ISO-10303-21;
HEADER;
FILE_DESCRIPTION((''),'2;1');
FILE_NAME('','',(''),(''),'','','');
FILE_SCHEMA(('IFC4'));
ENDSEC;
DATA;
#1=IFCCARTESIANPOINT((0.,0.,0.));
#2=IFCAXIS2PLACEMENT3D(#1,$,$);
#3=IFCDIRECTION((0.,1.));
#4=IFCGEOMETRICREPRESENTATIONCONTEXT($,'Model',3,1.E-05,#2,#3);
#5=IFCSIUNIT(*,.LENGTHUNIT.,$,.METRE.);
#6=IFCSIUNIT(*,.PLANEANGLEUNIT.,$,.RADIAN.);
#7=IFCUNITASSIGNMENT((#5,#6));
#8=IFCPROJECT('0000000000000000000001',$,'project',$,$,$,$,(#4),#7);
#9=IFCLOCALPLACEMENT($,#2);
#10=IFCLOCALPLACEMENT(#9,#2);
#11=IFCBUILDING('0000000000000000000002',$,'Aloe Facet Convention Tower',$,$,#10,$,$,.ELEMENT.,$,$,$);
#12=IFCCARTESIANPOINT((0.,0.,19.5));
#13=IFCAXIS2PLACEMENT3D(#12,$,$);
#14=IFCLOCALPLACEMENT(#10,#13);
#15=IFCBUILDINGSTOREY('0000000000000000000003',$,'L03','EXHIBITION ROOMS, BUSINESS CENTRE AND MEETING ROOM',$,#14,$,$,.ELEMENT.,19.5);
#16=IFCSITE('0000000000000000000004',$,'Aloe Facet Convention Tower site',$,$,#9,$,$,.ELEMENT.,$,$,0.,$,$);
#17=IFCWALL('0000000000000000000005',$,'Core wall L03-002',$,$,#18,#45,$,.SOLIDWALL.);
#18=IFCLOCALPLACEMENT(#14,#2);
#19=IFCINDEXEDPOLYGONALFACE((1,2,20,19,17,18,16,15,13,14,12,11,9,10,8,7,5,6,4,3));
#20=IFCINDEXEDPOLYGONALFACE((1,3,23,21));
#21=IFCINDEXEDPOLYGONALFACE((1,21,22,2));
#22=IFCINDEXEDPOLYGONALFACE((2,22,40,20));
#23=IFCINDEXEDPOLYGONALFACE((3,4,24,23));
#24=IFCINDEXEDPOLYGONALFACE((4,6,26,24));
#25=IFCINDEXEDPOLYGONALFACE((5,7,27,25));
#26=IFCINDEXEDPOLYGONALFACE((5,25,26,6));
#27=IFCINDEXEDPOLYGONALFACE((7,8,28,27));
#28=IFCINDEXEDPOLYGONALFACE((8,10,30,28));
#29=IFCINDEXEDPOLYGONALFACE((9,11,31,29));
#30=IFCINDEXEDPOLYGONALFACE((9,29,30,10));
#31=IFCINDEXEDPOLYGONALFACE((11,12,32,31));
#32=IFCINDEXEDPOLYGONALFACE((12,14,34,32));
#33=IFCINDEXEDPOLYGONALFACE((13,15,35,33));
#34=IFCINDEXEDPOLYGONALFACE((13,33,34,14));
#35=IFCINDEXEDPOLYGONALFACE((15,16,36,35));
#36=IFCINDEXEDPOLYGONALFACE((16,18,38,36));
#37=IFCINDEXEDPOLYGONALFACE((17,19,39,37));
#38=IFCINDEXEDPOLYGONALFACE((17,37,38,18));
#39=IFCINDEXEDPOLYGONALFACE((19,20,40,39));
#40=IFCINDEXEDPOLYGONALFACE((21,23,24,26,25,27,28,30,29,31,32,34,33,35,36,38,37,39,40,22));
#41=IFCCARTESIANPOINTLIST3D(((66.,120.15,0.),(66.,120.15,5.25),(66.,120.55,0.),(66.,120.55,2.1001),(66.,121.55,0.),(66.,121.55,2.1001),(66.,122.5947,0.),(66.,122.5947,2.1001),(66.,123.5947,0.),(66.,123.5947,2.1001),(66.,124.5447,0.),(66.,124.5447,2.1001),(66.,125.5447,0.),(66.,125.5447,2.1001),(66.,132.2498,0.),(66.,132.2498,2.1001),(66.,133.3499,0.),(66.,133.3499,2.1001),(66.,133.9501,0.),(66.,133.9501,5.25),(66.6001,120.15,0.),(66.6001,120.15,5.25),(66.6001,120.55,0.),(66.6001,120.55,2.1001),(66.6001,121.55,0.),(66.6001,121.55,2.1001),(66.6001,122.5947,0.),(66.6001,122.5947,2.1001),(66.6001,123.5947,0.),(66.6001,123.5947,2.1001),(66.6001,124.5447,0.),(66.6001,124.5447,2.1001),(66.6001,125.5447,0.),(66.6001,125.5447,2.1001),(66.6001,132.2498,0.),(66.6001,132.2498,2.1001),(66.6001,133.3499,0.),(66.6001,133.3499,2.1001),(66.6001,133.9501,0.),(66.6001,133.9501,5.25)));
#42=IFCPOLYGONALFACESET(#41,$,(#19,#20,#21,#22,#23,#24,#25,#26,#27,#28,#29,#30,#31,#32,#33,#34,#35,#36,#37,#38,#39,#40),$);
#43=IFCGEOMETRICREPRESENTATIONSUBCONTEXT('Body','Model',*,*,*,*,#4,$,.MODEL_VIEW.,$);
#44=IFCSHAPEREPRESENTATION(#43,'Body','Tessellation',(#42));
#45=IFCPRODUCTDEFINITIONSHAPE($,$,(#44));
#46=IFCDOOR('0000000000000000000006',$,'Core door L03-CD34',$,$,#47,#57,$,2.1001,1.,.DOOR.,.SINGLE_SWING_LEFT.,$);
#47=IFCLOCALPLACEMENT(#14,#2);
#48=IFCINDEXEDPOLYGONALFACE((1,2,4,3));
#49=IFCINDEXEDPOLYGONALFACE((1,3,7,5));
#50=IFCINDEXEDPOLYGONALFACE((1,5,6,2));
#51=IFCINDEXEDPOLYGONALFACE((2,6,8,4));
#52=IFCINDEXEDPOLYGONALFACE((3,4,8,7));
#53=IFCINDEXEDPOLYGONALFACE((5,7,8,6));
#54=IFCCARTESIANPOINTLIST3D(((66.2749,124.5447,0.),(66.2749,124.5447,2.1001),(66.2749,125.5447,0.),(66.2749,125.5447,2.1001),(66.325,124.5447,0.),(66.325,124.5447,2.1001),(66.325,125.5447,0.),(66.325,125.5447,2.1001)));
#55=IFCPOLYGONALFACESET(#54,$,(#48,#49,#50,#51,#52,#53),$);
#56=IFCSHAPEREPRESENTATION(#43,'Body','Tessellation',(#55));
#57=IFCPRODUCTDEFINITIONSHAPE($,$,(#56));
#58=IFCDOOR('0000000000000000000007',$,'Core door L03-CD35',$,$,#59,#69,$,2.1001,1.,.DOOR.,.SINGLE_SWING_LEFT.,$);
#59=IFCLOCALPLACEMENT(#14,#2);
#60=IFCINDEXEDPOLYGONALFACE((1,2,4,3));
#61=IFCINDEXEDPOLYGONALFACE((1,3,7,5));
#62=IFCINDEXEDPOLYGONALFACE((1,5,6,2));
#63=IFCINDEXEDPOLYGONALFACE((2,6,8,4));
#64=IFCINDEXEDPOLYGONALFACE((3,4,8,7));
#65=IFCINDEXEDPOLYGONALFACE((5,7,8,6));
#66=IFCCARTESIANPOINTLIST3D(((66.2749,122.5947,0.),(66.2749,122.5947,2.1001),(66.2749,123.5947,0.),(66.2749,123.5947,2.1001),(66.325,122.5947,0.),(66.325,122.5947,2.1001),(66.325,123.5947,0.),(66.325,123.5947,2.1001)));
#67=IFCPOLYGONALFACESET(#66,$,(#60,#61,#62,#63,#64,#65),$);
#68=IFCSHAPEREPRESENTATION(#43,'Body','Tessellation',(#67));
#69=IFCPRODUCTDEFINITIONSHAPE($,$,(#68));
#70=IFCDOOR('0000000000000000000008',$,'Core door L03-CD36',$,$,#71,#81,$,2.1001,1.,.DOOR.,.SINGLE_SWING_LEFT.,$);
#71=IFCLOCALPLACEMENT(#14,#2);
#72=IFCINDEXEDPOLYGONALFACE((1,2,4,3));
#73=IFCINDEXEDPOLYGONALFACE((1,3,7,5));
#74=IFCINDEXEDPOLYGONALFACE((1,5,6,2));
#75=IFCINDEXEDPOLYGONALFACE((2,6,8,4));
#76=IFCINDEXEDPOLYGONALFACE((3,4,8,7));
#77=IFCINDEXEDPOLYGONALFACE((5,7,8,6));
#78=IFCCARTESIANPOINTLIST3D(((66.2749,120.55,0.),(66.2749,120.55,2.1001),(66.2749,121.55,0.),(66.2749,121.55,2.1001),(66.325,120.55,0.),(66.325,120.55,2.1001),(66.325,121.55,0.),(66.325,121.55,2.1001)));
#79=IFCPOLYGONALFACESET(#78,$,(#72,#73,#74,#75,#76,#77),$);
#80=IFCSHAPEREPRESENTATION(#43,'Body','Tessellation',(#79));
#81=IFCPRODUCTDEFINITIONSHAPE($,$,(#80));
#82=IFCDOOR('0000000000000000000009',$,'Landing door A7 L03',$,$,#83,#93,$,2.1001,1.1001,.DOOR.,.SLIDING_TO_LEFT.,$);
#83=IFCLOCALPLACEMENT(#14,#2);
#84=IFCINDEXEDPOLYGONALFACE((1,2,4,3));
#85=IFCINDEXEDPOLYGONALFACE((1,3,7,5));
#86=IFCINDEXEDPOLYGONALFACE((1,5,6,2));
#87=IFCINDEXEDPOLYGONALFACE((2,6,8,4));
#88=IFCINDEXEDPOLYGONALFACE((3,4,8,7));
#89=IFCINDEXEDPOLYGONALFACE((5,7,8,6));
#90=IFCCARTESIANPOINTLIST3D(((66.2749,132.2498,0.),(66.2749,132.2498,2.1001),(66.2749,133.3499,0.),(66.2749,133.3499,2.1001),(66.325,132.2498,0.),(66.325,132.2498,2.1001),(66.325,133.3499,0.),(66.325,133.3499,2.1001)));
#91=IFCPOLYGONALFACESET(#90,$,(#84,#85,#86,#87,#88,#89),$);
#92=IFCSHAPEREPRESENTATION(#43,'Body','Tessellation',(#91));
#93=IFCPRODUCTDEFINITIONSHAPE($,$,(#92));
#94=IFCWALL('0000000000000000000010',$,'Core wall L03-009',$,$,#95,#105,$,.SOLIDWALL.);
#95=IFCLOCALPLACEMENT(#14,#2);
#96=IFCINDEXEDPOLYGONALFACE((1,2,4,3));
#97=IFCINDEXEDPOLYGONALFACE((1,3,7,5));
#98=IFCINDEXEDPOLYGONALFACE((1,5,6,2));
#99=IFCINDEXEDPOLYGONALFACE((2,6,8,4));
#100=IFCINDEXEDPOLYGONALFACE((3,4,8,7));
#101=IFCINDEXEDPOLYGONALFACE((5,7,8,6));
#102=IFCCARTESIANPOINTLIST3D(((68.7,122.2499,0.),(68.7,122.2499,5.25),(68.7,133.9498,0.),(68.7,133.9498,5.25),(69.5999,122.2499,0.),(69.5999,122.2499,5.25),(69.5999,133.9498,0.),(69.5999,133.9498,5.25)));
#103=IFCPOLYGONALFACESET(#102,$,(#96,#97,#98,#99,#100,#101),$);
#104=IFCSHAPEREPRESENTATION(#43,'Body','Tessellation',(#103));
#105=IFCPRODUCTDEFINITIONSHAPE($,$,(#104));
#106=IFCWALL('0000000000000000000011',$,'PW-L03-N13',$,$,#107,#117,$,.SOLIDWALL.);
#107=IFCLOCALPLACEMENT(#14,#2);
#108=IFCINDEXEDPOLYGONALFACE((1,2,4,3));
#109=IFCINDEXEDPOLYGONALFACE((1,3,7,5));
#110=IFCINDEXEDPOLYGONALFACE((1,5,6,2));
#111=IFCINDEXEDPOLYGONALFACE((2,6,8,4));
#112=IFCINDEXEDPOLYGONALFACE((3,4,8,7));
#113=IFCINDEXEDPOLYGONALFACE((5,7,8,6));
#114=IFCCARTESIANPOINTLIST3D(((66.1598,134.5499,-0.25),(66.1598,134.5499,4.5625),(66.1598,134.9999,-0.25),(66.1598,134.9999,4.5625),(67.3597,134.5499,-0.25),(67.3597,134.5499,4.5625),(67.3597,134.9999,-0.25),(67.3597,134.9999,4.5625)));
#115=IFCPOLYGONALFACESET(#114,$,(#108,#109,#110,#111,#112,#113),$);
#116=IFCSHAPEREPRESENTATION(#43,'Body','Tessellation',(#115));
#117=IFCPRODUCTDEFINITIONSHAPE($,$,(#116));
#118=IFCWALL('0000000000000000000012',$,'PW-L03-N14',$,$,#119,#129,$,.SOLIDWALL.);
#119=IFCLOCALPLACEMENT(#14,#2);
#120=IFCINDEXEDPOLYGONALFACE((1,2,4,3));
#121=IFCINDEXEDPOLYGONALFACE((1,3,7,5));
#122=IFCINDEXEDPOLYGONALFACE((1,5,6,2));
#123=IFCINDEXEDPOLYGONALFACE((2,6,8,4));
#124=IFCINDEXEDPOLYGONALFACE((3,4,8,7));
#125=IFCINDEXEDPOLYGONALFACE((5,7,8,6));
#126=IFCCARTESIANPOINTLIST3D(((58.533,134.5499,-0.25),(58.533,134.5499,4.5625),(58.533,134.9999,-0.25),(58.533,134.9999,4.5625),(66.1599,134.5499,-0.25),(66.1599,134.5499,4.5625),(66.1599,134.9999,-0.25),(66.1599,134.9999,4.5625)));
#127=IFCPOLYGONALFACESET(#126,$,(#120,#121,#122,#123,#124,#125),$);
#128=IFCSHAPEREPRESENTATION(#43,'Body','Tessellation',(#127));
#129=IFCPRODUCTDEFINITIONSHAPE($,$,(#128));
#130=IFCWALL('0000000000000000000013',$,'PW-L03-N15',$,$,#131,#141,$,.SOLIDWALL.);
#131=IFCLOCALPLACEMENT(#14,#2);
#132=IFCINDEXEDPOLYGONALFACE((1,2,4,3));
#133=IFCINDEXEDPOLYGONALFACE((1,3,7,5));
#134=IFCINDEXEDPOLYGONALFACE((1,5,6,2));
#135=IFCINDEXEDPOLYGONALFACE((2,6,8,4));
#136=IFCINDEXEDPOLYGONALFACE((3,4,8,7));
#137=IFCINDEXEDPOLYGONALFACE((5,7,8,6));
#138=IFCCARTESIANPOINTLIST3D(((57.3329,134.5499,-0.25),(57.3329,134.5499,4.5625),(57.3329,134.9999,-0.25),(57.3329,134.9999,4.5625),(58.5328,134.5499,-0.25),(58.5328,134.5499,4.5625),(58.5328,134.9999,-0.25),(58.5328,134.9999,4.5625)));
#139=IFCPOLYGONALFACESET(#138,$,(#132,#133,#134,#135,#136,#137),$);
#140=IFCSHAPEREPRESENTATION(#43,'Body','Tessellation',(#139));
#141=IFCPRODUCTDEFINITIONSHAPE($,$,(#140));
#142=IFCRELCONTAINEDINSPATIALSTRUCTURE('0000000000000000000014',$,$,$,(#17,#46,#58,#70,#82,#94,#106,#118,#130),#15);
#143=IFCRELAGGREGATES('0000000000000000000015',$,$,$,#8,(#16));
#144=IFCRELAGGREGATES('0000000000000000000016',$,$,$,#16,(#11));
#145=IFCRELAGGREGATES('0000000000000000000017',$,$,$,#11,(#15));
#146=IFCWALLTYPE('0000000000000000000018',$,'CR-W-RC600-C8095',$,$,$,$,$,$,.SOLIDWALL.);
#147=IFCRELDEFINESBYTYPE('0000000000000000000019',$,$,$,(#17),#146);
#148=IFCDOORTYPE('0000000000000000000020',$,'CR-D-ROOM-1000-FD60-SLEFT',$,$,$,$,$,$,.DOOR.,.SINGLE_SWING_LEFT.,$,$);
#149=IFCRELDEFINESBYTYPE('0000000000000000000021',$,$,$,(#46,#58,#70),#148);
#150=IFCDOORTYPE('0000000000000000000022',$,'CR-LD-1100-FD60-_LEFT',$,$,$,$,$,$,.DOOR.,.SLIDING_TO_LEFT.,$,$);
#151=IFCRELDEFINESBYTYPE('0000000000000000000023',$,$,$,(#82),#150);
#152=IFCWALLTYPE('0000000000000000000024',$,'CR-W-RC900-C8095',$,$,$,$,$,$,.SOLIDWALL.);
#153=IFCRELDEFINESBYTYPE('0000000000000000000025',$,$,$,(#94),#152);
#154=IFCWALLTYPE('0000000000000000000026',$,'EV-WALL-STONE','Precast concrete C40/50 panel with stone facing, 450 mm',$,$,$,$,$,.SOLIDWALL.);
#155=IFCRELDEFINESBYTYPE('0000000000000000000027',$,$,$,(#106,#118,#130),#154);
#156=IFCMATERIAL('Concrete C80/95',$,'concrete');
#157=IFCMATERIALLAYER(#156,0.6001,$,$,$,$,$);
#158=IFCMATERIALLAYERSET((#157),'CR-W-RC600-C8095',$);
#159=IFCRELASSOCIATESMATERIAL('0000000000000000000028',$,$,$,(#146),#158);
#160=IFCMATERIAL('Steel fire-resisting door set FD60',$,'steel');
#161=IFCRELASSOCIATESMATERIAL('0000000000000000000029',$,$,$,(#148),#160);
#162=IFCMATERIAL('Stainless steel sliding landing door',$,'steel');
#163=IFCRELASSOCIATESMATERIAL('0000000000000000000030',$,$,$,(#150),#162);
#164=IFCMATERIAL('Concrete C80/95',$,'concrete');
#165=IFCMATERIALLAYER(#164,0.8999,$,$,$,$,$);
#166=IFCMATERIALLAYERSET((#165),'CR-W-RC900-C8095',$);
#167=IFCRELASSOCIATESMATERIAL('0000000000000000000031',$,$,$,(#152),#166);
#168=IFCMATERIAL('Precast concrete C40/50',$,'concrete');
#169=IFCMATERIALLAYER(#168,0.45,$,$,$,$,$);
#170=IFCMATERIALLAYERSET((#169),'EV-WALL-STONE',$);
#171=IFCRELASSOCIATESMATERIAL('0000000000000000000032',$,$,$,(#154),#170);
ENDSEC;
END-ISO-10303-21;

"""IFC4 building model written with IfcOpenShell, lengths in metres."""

from ifc_helpers import new_model, si_unit, direction, frame, frame_2d, origin, place, context, subcontext, project, spatial, rectangle, extrude, material, layer, layer_set, type_object, element, fill, save


model = new_model("IFC4")

# Units and contexts
model_context = context("Model", 3, precision=1e-05, world=origin(), true_north=direction((0.0, 1.0)))
body_context = subcontext(model_context, "Body", "Model", "MODEL_VIEW")
ifc_project = project(units=[si_unit("LENGTHUNIT", "METRE"), si_unit("PLANEANGLEUNIT", "RADIAN")], contexts=[model_context])

# Site, building, storey
site_placement = place(None, origin())
site = spatial("IfcSite", under=ifc_project, at=site_placement, Name="Aloe Facet Convention Tower site", CompositionType="ELEMENT", RefElevation=0.0)
building_placement = place(site_placement, origin())
building = spatial("IfcBuilding", under=site, at=building_placement, Name="Aloe Facet Convention Tower", CompositionType="ELEMENT")
storey_placement = place(building_placement, frame((0.0, 0.0, 19.5)))
storey = spatial("IfcBuildingStorey", under=building, at=storey_placement, Name="L03", Description="EXHIBITION ROOMS, BUSINESS CENTRE AND MEETING ROOM", CompositionType="ELEMENT", Elevation=19.5)

# Shared definitions
ifc_material_1 = material(Name="Concrete C80/95", Category="concrete")
ifc_layer_1 = layer(ifc_material_1, 0.6001)
ifc_layer_set_1 = layer_set([ifc_layer_1], Name="CR-W-RC600-C8095")
wall_type_1 = type_object("IfcWallType", Name="CR-W-RC600-C8095", PredefinedType="SOLIDWALL", material=ifc_layer_set_1)

# Wall, openings, doors
wall_1_placement = place(storey_placement, frame((66.3, 133.95, 0.0), z_axis=(0.0, 0.0, 1.0), x_axis=(0.0, -1.0, 0.0)))
wall_1 = element("IfcWall", 1, at=wall_1_placement, inside=storey, type_object=wall_type_1, Name="Core wall L03-002", PredefinedType="SOLIDWALL", context=body_context, shape_type="SweptSolid", body=[
    extrude(rectangle(XDim=13.8, YDim=0.6001, at=frame_2d((6.8999, 0.0))), origin(), (0.0, 0.0, 1.0), 5.25),
])
opening_1_placement = place(wall_1_placement, frame((0.6001, 0.0, 0.0)))
opening_1 = element("IfcOpeningElement", 2, at=opening_1_placement, cuts=wall_1, PredefinedType="OPENING", context=body_context, shape_type="SweptSolid", body=[
    extrude(rectangle(XDim=1.1001, YDim=2.1001, at=frame_2d((0.55, 1.05))), frame((0.0, 0.3101, 0.0), z_axis=(0.0, -1.0, 0.0), x_axis=(1.0, 0.0, 0.0)), (0.0, 0.0, 1.0), 0.6201),
])
opening_2_placement = place(wall_1_placement, frame((8.4053, 0.0, 0.0)))
opening_2 = element("IfcOpeningElement", 3, at=opening_2_placement, cuts=wall_1, PredefinedType="OPENING", context=body_context, shape_type="SweptSolid", body=[
    extrude(rectangle(XDim=1.0, YDim=2.1001, at=frame_2d((0.5, 1.05))), frame((0.0, 0.3101, 0.0), z_axis=(0.0, -1.0, 0.0), x_axis=(1.0, 0.0, 0.0)), (0.0, 0.0, 1.0), 0.6201),
])
opening_3_placement = place(wall_1_placement, frame((10.3552, 0.0, 0.0)))
opening_3 = element("IfcOpeningElement", 4, at=opening_3_placement, cuts=wall_1, PredefinedType="OPENING", context=body_context, shape_type="SweptSolid", body=[
    extrude(rectangle(XDim=1.0, YDim=2.1001, at=frame_2d((0.5, 1.05))), frame((0.0, 0.3101, 0.0), z_axis=(0.0, -1.0, 0.0), x_axis=(1.0, 0.0, 0.0)), (0.0, 0.0, 1.0), 0.6201),
])
opening_4_placement = place(wall_1_placement, frame((12.3999, 0.0, 0.0)))
opening_4 = element("IfcOpeningElement", 5, at=opening_4_placement, cuts=wall_1, PredefinedType="OPENING", context=body_context, shape_type="SweptSolid", body=[
    extrude(rectangle(XDim=1.0, YDim=2.1001, at=frame_2d((0.5, 1.05))), frame((0.0, 0.3101, 0.0), z_axis=(0.0, -1.0, 0.0), x_axis=(1.0, 0.0, 0.0)), (0.0, 0.0, 1.0), 0.6201),
])
ifc_material_2 = material(Name="Steel fire-resisting door set FD60", Category="steel")
door_type_1 = type_object("IfcDoorType", Name="CR-D-ROOM-1000-FD60-SLEFT", OperationType="SINGLE_SWING_LEFT", PredefinedType="DOOR", material=ifc_material_2)
door_1_placement = place(opening_2_placement, origin())
door_1 = element("IfcDoor", 6, at=door_1_placement, inside=storey, type_object=door_type_1, Name="Core door L03-CD34", OperationType="SINGLE_SWING_LEFT", OverallHeight=2.1001, OverallWidth=1.0, PredefinedType="DOOR", context=body_context, shape_type="SweptSolid", body=[
    extrude(rectangle(XDim=1.0, YDim=2.1001, at=frame_2d((0.5, 1.05))), frame((0.0, 0.0249, 0.0), z_axis=(0.0, -1.0, 0.0), x_axis=(1.0, 0.0, 0.0)), (0.0, 0.0, 1.0), 0.05),
])
fill(opening_2, door_1)
door_2_placement = place(opening_3_placement, origin())
door_2 = element("IfcDoor", 7, at=door_2_placement, inside=storey, type_object=door_type_1, Name="Core door L03-CD35", OperationType="SINGLE_SWING_LEFT", OverallHeight=2.1001, OverallWidth=1.0, PredefinedType="DOOR", context=body_context, shape_type="SweptSolid", body=[
    extrude(rectangle(XDim=1.0, YDim=2.1001, at=frame_2d((0.5, 1.05))), frame((0.0, 0.0249, 0.0), z_axis=(0.0, -1.0, 0.0), x_axis=(1.0, 0.0, 0.0)), (0.0, 0.0, 1.0), 0.05),
])
fill(opening_3, door_2)
door_3_placement = place(opening_4_placement, origin())
door_3 = element("IfcDoor", 8, at=door_3_placement, inside=storey, type_object=door_type_1, Name="Core door L03-CD36", OperationType="SINGLE_SWING_LEFT", OverallHeight=2.1001, OverallWidth=1.0, PredefinedType="DOOR", context=body_context, shape_type="SweptSolid", body=[
    extrude(rectangle(XDim=1.0, YDim=2.1001, at=frame_2d((0.5, 1.05))), frame((0.0, 0.0249, 0.0), z_axis=(0.0, -1.0, 0.0), x_axis=(1.0, 0.0, 0.0)), (0.0, 0.0, 1.0), 0.05),
])
fill(opening_4, door_3)
ifc_material_3 = material(Name="Stainless steel sliding landing door", Category="steel")
door_type_2 = type_object("IfcDoorType", Name="CR-LD-1100-FD60-_LEFT", OperationType="SLIDING_TO_LEFT", PredefinedType="DOOR", material=ifc_material_3)
door_4_placement = place(opening_1_placement, origin())
door_4 = element("IfcDoor", 9, at=door_4_placement, inside=storey, type_object=door_type_2, Name="Landing door A7 L03", OperationType="SLIDING_TO_LEFT", OverallHeight=2.1001, OverallWidth=1.1001, PredefinedType="DOOR", context=body_context, shape_type="SweptSolid", body=[
    extrude(rectangle(XDim=1.1001, YDim=2.1001, at=frame_2d((0.55, 1.05))), frame((0.0, 0.0249, 0.0), z_axis=(0.0, -1.0, 0.0), x_axis=(1.0, 0.0, 0.0)), (0.0, 0.0, 1.0), 0.05),
])
fill(opening_1, door_4)

# Walls
ifc_material_4 = material(Name="Concrete C80/95", Category="concrete")
ifc_layer_2 = layer(ifc_material_4, 0.8999)
ifc_layer_set_2 = layer_set([ifc_layer_2], Name="CR-W-RC900-C8095")
wall_type_2 = type_object("IfcWallType", Name="CR-W-RC900-C8095", PredefinedType="SOLIDWALL", material=ifc_layer_set_2)
wall_2_placement = place(storey_placement, frame((69.1499, 133.95, 0.0), z_axis=(0.0, 0.0, 1.0), x_axis=(0.0, -1.0, 0.0)))
element("IfcWall", 10, at=wall_2_placement, inside=storey, type_object=wall_type_2, Name="Core wall L03-009", PredefinedType="SOLIDWALL", context=body_context, shape_type="SweptSolid", body=[
    extrude(rectangle(XDim=11.7, YDim=0.8999, at=frame_2d((5.8501, 0.0))), origin(), (0.0, 0.0, 1.0), 5.25),
])
ifc_material_5 = material(Name="Precast concrete C40/50", Category="concrete")
ifc_layer_3 = layer(ifc_material_5, 0.45)
ifc_layer_set_3 = layer_set([ifc_layer_3], Name="EV-WALL-STONE")
wall_type_3 = type_object("IfcWallType", Name="EV-WALL-STONE", Description="Precast concrete C40/50 panel with stone facing, 450 mm", PredefinedType="SOLIDWALL", material=ifc_layer_set_3)
wall_3_placement = place(storey_placement, frame((67.3599, 134.7749, -0.25), z_axis=(0.0, 0.0, 1.0), x_axis=(-1.0, 0.0, 0.0)))
element("IfcWall", 11, at=wall_3_placement, inside=storey, type_object=wall_type_3, Name="PW-L03-N13", PredefinedType="SOLIDWALL", context=body_context, shape_type="SweptSolid", body=[
    extrude(rectangle(XDim=1.2, YDim=0.45, at=frame_2d((0.6001, 0.0))), origin(), (0.0, 0.0, 1.0), 4.8125),
])
wall_4_placement = place(storey_placement, frame((66.1599, 134.7749, -0.25), z_axis=(0.0, 0.0, 1.0), x_axis=(-1.0, 0.0, 0.0)))
element("IfcWall", 12, at=wall_4_placement, inside=storey, type_object=wall_type_3, Name="PW-L03-N14", PredefinedType="SOLIDWALL", context=body_context, shape_type="SweptSolid", body=[
    extrude(rectangle(XDim=7.627, YDim=0.45, at=frame_2d((3.8135, 0.0))), origin(), (0.0, 0.0, 1.0), 4.8125),
])
wall_5_placement = place(storey_placement, frame((58.533, 134.7749, -0.25), z_axis=(0.0, 0.0, 1.0), x_axis=(-1.0, 0.0, 0.0)))
element("IfcWall", 13, at=wall_5_placement, inside=storey, type_object=wall_type_3, Name="PW-L03-N15", PredefinedType="SOLIDWALL", context=body_context, shape_type="SweptSolid", body=[
    extrude(rectangle(XDim=1.2, YDim=0.45, at=frame_2d((0.6001, 0.0))), origin(), (0.0, 0.0, 1.0), 4.8125),
])

save(model, "model.ifc")
